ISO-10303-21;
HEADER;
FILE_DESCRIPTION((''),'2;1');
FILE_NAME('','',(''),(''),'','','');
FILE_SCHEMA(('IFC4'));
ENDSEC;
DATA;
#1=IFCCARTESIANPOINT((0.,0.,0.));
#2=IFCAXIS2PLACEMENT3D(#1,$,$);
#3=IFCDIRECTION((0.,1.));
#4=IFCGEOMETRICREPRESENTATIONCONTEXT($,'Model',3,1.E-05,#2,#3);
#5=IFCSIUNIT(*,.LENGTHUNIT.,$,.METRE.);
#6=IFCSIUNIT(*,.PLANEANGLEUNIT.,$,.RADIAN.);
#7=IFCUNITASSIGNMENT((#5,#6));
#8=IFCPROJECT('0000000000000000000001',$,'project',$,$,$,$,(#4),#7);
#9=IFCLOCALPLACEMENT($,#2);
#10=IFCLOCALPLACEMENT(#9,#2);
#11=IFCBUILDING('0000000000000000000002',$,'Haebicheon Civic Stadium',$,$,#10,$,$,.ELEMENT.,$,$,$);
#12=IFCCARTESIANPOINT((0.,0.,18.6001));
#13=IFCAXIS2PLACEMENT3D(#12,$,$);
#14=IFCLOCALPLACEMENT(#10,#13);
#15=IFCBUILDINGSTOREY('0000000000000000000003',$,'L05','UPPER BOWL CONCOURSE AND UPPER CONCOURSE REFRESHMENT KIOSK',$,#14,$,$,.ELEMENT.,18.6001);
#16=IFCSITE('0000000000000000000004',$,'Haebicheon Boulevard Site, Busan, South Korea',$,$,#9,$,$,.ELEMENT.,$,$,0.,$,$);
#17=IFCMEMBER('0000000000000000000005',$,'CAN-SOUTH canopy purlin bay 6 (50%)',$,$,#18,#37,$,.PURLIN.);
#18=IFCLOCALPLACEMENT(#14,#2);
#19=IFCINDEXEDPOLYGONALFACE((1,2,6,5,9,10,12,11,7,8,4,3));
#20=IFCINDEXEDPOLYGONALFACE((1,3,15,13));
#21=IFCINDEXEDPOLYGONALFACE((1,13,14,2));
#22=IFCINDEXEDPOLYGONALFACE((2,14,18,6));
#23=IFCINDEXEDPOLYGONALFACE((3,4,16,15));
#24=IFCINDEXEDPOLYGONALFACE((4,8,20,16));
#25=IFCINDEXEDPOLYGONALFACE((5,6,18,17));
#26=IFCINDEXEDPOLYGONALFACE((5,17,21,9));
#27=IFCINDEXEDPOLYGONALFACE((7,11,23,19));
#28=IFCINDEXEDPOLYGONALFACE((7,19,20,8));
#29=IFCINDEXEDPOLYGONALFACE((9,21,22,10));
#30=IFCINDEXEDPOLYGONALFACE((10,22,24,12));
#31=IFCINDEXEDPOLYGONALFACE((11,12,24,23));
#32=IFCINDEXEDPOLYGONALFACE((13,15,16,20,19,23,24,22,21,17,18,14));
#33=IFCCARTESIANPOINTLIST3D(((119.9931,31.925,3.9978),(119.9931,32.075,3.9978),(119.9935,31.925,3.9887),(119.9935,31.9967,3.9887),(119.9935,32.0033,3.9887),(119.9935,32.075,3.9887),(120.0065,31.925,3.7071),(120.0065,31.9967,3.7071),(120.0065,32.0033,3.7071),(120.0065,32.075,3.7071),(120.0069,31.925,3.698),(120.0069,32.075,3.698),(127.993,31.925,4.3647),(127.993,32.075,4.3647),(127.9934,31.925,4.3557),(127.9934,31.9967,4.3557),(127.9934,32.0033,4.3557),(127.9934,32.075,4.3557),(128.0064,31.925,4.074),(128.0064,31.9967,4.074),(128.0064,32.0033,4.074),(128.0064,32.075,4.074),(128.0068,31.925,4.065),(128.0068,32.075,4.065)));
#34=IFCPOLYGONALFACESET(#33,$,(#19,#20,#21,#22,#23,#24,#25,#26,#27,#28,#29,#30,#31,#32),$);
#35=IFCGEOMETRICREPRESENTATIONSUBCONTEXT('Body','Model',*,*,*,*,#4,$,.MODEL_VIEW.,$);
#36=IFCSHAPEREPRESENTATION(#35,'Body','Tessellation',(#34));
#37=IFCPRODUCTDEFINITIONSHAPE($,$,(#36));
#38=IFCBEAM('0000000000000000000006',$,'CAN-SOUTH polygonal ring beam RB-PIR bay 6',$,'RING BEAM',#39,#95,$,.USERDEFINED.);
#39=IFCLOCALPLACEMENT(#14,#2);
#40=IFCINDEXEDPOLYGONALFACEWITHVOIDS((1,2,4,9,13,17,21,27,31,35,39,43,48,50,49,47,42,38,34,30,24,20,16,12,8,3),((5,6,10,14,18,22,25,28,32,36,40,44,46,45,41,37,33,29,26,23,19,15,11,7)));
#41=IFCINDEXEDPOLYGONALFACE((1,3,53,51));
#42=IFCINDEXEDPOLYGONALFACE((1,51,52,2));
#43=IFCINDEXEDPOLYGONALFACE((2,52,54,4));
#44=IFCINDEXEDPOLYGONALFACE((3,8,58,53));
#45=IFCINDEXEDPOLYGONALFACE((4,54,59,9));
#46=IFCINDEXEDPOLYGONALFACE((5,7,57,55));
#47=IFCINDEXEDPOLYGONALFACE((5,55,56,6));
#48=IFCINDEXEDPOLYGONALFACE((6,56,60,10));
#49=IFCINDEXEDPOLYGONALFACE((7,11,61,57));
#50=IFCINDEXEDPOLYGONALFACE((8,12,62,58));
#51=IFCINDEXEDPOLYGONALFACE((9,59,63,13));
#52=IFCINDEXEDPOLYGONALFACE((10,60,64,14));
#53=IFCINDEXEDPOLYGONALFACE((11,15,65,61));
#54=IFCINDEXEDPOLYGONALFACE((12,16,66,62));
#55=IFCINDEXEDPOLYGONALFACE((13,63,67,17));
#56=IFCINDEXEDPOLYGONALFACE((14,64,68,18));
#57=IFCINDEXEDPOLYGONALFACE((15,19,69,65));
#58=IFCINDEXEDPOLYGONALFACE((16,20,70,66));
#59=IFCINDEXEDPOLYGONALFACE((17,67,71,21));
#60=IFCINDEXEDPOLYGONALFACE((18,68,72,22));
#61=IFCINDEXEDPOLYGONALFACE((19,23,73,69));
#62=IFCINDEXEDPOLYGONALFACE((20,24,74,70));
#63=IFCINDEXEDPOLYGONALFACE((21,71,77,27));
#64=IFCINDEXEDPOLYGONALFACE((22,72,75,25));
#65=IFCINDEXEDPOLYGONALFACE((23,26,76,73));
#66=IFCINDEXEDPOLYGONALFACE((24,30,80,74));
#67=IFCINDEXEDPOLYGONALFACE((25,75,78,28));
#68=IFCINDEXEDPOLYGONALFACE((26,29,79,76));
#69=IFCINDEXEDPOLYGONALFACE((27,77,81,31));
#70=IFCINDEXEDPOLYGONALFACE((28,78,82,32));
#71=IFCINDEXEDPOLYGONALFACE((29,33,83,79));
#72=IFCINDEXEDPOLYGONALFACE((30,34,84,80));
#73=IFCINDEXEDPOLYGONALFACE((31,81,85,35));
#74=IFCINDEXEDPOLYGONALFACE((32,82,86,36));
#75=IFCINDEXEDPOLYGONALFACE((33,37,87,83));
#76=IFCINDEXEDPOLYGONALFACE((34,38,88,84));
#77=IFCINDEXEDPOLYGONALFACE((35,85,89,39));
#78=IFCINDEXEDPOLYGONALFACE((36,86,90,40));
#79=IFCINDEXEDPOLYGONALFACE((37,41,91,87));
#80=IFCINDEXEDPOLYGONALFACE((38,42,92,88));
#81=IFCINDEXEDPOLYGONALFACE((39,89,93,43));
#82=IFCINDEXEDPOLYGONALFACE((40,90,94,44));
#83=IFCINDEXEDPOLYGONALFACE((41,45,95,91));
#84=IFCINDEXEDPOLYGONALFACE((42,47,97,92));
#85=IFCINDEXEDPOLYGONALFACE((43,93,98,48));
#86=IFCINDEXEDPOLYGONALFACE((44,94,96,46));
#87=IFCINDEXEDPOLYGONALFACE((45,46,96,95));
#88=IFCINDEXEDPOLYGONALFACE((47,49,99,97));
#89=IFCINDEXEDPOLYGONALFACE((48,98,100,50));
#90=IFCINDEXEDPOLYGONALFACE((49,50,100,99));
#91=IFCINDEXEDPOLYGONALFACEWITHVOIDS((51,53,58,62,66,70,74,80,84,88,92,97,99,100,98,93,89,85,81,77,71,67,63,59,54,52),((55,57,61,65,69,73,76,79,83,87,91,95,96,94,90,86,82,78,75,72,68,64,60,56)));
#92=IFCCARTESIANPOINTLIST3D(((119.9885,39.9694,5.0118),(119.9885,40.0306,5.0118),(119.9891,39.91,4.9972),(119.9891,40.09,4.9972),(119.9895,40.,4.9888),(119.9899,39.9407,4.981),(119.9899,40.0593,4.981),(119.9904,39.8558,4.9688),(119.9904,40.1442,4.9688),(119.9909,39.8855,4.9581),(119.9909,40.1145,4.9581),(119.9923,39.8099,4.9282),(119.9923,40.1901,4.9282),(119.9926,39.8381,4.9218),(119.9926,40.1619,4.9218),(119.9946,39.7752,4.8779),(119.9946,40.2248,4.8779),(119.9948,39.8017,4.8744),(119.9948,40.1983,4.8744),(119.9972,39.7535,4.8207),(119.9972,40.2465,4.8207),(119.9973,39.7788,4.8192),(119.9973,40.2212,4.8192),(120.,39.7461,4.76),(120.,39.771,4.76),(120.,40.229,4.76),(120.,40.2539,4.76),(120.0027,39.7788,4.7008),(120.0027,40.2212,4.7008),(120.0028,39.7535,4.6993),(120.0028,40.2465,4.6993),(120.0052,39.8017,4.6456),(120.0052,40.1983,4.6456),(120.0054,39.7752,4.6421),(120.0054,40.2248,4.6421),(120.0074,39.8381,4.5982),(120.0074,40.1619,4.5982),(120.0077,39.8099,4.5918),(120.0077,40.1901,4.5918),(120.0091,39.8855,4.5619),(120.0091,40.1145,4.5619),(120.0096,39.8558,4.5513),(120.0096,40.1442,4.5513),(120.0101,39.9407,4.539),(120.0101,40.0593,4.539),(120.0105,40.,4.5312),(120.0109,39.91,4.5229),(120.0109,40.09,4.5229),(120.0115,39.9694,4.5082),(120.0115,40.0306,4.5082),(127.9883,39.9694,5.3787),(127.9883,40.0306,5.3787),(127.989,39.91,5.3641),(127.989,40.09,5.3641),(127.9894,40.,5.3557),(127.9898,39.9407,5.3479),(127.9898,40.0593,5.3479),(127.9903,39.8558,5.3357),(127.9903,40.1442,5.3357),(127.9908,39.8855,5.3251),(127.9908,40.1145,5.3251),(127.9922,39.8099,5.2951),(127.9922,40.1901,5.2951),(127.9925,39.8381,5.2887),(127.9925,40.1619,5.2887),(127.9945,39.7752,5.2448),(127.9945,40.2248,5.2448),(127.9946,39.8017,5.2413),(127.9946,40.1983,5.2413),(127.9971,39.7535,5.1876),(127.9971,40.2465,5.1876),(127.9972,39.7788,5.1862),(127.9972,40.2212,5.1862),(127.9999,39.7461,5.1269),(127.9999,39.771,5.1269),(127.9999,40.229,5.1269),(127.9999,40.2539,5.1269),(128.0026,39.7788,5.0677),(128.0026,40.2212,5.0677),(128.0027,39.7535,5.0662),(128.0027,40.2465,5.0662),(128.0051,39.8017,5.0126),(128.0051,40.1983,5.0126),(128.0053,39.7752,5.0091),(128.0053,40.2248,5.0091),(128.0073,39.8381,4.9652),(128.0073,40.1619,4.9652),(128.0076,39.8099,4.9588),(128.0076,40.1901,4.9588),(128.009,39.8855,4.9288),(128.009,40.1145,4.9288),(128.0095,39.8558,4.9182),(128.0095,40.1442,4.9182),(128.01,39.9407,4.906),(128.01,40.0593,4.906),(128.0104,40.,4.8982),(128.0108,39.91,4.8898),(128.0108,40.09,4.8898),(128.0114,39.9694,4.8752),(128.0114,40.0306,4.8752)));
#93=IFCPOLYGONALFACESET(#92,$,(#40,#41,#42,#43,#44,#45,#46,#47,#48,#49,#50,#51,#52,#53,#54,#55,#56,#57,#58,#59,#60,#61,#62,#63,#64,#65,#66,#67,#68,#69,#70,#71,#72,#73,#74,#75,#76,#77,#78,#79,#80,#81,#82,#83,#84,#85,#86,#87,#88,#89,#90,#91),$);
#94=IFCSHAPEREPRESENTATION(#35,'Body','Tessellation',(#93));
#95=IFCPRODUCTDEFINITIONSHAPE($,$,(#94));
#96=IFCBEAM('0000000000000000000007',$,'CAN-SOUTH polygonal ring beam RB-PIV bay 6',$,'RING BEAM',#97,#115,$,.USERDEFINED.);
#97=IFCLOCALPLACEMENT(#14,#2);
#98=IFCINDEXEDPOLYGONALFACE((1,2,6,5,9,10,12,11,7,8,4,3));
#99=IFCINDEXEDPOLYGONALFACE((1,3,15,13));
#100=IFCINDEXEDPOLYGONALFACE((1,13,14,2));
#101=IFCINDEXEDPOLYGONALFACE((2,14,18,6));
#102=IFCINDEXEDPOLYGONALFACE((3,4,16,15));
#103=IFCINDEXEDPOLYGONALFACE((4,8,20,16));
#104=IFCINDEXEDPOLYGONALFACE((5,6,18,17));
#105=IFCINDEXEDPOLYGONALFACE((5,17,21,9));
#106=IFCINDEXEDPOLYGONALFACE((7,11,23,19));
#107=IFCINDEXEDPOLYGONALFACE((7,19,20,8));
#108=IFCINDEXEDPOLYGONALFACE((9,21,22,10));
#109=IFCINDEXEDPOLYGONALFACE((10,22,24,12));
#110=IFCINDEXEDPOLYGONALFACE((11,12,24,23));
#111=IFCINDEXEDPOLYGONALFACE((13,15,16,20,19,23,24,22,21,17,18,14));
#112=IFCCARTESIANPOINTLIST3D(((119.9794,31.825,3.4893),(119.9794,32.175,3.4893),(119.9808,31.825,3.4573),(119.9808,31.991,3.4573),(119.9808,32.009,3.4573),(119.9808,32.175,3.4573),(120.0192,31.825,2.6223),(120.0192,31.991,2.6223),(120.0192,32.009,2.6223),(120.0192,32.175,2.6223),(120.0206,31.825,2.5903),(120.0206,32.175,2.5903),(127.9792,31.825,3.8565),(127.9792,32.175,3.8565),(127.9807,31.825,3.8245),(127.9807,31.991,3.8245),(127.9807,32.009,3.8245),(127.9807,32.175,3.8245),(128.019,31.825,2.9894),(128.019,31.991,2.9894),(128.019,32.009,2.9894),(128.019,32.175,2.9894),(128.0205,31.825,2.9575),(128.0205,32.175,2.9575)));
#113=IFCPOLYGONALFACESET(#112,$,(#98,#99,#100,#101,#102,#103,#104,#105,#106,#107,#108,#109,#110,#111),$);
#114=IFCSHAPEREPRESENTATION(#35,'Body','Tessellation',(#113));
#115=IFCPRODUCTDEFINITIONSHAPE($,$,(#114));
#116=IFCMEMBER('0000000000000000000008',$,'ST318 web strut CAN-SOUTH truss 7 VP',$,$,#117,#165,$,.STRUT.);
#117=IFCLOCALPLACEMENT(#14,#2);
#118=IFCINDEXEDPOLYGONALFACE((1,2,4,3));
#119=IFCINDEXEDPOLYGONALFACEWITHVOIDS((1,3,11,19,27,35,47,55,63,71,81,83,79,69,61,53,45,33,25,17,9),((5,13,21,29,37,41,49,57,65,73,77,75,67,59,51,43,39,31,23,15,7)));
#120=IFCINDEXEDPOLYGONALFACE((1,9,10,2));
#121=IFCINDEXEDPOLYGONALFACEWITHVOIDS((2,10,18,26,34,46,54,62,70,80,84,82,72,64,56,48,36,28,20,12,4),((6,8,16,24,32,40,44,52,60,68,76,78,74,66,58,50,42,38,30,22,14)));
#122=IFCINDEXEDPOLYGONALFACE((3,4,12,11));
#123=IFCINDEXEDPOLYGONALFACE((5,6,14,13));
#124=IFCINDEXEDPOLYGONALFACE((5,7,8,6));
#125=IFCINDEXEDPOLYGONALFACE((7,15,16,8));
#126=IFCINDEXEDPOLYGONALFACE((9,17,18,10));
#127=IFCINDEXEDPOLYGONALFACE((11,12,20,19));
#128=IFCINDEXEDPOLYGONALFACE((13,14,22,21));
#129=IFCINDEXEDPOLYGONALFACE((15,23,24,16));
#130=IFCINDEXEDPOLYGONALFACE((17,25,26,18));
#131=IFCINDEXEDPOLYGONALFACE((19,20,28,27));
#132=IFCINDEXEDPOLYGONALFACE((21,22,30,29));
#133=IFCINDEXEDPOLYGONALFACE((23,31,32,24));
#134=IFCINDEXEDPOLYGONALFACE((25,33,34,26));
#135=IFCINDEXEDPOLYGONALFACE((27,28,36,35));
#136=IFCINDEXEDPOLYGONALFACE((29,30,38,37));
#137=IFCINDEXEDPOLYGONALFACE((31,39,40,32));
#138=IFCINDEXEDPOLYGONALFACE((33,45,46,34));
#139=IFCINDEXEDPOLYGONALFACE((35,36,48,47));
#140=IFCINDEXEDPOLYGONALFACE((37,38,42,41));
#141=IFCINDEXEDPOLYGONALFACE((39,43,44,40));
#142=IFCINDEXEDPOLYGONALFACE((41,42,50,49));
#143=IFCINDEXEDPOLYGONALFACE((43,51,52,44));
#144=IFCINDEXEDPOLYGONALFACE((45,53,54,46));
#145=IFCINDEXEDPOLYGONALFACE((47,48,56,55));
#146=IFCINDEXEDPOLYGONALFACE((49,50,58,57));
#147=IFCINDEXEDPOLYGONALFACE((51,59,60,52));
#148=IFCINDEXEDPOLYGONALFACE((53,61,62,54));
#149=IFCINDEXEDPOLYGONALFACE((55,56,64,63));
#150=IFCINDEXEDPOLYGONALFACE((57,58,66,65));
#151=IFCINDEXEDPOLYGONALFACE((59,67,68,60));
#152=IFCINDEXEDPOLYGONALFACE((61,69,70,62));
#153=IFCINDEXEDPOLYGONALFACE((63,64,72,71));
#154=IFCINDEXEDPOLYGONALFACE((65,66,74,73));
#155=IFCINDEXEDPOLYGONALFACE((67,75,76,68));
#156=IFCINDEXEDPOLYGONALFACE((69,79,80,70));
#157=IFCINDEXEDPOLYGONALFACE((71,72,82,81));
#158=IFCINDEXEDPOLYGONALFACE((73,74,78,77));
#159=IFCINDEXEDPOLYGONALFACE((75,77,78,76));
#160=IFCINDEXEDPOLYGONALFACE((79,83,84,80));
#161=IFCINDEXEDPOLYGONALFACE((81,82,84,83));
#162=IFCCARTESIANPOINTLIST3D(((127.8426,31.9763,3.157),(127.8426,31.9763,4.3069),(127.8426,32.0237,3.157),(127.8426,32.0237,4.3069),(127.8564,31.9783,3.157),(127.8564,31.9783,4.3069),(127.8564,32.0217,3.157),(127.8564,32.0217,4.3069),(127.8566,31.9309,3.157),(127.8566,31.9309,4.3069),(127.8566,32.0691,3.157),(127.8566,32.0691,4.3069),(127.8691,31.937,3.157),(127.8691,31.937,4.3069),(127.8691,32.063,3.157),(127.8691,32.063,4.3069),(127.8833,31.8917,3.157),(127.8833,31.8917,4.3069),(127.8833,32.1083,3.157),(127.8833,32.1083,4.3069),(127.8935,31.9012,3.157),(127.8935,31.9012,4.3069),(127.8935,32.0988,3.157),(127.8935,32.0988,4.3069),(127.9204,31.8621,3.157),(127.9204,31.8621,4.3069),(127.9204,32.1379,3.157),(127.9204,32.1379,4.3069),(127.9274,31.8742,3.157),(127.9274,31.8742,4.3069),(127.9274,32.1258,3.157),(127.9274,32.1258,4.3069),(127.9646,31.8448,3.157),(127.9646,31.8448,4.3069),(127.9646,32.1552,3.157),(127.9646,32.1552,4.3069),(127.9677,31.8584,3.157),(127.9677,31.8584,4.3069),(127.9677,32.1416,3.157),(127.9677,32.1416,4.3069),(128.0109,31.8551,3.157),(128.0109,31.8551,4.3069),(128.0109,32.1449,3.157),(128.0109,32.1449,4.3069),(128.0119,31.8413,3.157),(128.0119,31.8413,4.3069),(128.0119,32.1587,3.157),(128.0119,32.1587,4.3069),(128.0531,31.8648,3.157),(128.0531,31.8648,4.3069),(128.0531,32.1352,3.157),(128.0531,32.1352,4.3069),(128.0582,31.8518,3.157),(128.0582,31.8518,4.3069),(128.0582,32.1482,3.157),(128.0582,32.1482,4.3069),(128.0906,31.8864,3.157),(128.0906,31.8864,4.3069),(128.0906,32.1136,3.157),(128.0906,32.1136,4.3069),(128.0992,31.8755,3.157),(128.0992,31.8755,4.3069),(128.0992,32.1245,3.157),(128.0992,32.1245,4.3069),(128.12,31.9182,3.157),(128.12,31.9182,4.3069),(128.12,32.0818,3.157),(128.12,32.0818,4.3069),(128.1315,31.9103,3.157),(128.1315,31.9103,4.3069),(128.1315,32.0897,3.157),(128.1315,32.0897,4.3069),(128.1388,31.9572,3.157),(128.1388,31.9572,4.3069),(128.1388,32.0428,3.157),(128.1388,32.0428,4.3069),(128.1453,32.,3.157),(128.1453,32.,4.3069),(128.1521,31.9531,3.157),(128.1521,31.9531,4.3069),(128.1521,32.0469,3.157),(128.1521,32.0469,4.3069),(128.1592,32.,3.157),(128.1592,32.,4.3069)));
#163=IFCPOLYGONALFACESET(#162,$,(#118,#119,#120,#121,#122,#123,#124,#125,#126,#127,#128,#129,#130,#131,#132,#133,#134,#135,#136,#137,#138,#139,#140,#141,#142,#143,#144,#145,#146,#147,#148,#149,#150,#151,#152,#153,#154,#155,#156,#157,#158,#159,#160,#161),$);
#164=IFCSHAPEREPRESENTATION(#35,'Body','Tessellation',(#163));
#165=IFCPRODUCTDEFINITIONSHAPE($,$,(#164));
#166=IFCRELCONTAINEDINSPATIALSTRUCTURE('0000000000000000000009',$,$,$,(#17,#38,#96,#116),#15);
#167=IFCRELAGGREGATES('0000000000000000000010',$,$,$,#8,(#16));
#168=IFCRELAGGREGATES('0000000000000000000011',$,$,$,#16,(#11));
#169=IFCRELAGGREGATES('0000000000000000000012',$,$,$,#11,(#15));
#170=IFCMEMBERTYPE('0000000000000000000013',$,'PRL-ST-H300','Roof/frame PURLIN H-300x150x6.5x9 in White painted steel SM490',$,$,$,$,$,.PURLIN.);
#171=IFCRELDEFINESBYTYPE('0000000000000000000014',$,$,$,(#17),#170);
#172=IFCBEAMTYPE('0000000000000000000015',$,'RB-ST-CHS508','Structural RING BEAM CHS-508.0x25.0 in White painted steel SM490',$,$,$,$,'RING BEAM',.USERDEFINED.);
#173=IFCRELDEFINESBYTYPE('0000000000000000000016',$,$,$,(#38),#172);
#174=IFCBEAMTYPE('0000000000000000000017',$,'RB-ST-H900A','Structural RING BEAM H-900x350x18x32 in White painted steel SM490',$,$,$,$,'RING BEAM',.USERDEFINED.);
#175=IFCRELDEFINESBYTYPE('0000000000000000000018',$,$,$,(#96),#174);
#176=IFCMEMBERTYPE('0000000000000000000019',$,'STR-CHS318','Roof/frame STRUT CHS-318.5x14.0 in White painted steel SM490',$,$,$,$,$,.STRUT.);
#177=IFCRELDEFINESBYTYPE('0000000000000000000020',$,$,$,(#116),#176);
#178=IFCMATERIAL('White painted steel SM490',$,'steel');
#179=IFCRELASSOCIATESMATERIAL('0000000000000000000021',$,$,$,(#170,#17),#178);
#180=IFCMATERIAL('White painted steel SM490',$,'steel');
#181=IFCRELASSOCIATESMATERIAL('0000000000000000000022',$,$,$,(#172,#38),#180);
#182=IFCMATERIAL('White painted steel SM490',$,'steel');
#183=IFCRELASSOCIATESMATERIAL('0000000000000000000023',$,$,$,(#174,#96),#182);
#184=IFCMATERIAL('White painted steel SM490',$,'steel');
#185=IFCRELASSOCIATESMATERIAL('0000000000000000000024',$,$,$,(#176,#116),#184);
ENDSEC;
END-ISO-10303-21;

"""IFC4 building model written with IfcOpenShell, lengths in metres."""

from ifc_helpers import new_model, si_unit, direction, frame, origin, origin_2d, place, context, subcontext, project, spatial, hollow_circle, i_section, extrude, material, material_profile, profile_set, type_object, element, save


model = new_model("IFC4")

# Units and contexts
model_context = context("Model", 3, precision=1e-05, world=origin(), true_north=direction((0.0, 1.0)))
body_context = subcontext(model_context, "Body", "Model", "MODEL_VIEW")
ifc_project = project(units=[si_unit("LENGTHUNIT", "METRE"), si_unit("PLANEANGLEUNIT", "RADIAN")], contexts=[model_context])

# Site, building, storey
site_placement = place(None, origin())
site = spatial("IfcSite", under=ifc_project, at=site_placement, Name="Haebicheon Boulevard Site, Busan, South Korea", CompositionType="ELEMENT", RefElevation=0.0)
building_placement = place(site_placement, origin())
building = spatial("IfcBuilding", under=site, at=building_placement, Name="Haebicheon Civic Stadium", CompositionType="ELEMENT")
storey_placement = place(building_placement, frame((0.0, 0.0, 18.6001)))
storey = spatial("IfcBuildingStorey", under=building, at=storey_placement, Name="L05", Description="UPPER BOWL CONCOURSE AND UPPER CONCOURSE REFRESHMENT KIOSK", CompositionType="ELEMENT", Elevation=18.6001)

# Member
ifc_material_1 = material(Name="White painted steel SM490", Category="steel")
ifc_material_profile_1 = material_profile(ifc_material_1, i_section(OverallWidth=0.1499, OverallDepth=0.3, WebThickness=0.0066, FlangeThickness=0.009, at=origin_2d()), Name="H-300x150x6.5x9")
ifc_profile_set_1 = profile_set([ifc_material_profile_1], Name="White painted steel SM490")
member_type_1 = type_object("IfcMemberType", Name="PRL-ST-H300", Description="Roof/frame PURLIN H-300x150x6.5x9 in White painted steel SM490", PredefinedType="PURLIN", material=ifc_profile_set_1)
member_1_placement = place(storey_placement, frame((120.0, 32.0, 3.8479), z_axis=(0.99895, 0.0, 0.04582), x_axis=(0.0, 1.0, 0.0)))
element("IfcMember", 1, at=member_1_placement, inside=storey, type_object=member_type_1, material=ifc_profile_set_1, Name="CAN-SOUTH canopy purlin bay 6 (50%)", PredefinedType="PURLIN", context=body_context, shape_type="SweptSolid", body=[
    extrude(i_section(OverallWidth=0.1499, OverallDepth=0.3, WebThickness=0.0066, FlangeThickness=0.009, at=origin_2d()), origin(), (0.0, 0.0, 1.0), 8.0083),
])

# Beams
ifc_material_2 = material(Name="White painted steel SM490", Category="steel")
ifc_material_profile_2 = material_profile(ifc_material_2, hollow_circle(Radius=0.2539, WallThickness=0.0249, at=origin_2d()), Name="CHS-508.0x25.0")
ifc_profile_set_2 = profile_set([ifc_material_profile_2], Name="White painted steel SM490")
beam_type_1 = type_object("IfcBeamType", Name="RB-ST-CHS508", Description="Structural RING BEAM CHS-508.0x25.0 in White painted steel SM490", ElementType="RING BEAM", PredefinedType="USERDEFINED", material=ifc_profile_set_2)
beam_1_placement = place(storey_placement, frame((120.0, 40.0, 4.76), z_axis=(0.99895, 0.0, 0.04582), x_axis=(0.0, 1.0, 0.0)))
element("IfcBeam", 2, at=beam_1_placement, inside=storey, type_object=beam_type_1, material=ifc_profile_set_2, Name="CAN-SOUTH polygonal ring beam RB-PIR bay 6", ObjectType="RING BEAM", PredefinedType="USERDEFINED", context=body_context, shape_type="SweptSolid", body=[
    extrude(hollow_circle(Radius=0.2539, WallThickness=0.0249, at=origin_2d()), origin(), (0.0, 0.0, 1.0), 8.0083),
])
ifc_material_3 = material(Name="White painted steel SM490", Category="steel")
ifc_material_profile_3 = material_profile(ifc_material_3, i_section(OverallWidth=0.3501, OverallDepth=0.8999, WebThickness=0.0181, FlangeThickness=0.032, at=origin_2d()), Name="H-900x350x18x32")
ifc_profile_set_3 = profile_set([ifc_material_profile_3], Name="White painted steel SM490")
beam_type_2 = type_object("IfcBeamType", Name="RB-ST-H900A", Description="Structural RING BEAM H-900x350x18x32 in White painted steel SM490", ElementType="RING BEAM", PredefinedType="USERDEFINED", material=ifc_profile_set_3)
beam_2_placement = place(storey_placement, frame((120.0, 32.0, 3.0398), z_axis=(0.998948, 0.0, 0.04585), x_axis=(0.0, 1.0, 0.0)))
element("IfcBeam", 3, at=beam_2_placement, inside=storey, type_object=beam_type_2, material=ifc_profile_set_3, Name="CAN-SOUTH polygonal ring beam RB-PIV bay 6", ObjectType="RING BEAM", PredefinedType="USERDEFINED", context=body_context, shape_type="SweptSolid", body=[
    extrude(i_section(OverallWidth=0.3501, OverallDepth=0.8999, WebThickness=0.0181, FlangeThickness=0.032, at=origin_2d()), origin(), (0.0, 0.0, 1.0), 8.0083),
])

# Member
ifc_material_4 = material(Name="White painted steel SM490", Category="steel")
ifc_material_profile_4 = material_profile(ifc_material_4, hollow_circle(Radius=0.1592, WallThickness=0.0139, at=origin_2d()), Name="CHS-318.5x14.0")
ifc_profile_set_4 = profile_set([ifc_material_profile_4], Name="White painted steel SM490")
member_type_2 = type_object("IfcMemberType", Name="STR-CHS318", Description="Roof/frame STRUT CHS-318.5x14.0 in White painted steel SM490", PredefinedType="STRUT", material=ifc_profile_set_4)
for number, where, z_axis, x_axis, name in (
    (4, (128.0, 32.0, 3.157), (0.0, 0.0, 1.0), (1.0, 0.0, 0.0), "ST318 web strut CAN-SOUTH truss 7 VP"),
):
    element("IfcMember", number, at=place(storey_placement, frame(where, z_axis=z_axis, x_axis=x_axis)), inside=storey, type_object=member_type_2, material=ifc_profile_set_4, Name=name, PredefinedType="STRUT", context=body_context, shape_type="SweptSolid", body=[
        extrude(hollow_circle(Radius=0.1592, WallThickness=0.0139, at=origin_2d()), origin(), (0.0, 0.0, 1.0), 1.1499),
    ])

save(model, "model.ifc")
